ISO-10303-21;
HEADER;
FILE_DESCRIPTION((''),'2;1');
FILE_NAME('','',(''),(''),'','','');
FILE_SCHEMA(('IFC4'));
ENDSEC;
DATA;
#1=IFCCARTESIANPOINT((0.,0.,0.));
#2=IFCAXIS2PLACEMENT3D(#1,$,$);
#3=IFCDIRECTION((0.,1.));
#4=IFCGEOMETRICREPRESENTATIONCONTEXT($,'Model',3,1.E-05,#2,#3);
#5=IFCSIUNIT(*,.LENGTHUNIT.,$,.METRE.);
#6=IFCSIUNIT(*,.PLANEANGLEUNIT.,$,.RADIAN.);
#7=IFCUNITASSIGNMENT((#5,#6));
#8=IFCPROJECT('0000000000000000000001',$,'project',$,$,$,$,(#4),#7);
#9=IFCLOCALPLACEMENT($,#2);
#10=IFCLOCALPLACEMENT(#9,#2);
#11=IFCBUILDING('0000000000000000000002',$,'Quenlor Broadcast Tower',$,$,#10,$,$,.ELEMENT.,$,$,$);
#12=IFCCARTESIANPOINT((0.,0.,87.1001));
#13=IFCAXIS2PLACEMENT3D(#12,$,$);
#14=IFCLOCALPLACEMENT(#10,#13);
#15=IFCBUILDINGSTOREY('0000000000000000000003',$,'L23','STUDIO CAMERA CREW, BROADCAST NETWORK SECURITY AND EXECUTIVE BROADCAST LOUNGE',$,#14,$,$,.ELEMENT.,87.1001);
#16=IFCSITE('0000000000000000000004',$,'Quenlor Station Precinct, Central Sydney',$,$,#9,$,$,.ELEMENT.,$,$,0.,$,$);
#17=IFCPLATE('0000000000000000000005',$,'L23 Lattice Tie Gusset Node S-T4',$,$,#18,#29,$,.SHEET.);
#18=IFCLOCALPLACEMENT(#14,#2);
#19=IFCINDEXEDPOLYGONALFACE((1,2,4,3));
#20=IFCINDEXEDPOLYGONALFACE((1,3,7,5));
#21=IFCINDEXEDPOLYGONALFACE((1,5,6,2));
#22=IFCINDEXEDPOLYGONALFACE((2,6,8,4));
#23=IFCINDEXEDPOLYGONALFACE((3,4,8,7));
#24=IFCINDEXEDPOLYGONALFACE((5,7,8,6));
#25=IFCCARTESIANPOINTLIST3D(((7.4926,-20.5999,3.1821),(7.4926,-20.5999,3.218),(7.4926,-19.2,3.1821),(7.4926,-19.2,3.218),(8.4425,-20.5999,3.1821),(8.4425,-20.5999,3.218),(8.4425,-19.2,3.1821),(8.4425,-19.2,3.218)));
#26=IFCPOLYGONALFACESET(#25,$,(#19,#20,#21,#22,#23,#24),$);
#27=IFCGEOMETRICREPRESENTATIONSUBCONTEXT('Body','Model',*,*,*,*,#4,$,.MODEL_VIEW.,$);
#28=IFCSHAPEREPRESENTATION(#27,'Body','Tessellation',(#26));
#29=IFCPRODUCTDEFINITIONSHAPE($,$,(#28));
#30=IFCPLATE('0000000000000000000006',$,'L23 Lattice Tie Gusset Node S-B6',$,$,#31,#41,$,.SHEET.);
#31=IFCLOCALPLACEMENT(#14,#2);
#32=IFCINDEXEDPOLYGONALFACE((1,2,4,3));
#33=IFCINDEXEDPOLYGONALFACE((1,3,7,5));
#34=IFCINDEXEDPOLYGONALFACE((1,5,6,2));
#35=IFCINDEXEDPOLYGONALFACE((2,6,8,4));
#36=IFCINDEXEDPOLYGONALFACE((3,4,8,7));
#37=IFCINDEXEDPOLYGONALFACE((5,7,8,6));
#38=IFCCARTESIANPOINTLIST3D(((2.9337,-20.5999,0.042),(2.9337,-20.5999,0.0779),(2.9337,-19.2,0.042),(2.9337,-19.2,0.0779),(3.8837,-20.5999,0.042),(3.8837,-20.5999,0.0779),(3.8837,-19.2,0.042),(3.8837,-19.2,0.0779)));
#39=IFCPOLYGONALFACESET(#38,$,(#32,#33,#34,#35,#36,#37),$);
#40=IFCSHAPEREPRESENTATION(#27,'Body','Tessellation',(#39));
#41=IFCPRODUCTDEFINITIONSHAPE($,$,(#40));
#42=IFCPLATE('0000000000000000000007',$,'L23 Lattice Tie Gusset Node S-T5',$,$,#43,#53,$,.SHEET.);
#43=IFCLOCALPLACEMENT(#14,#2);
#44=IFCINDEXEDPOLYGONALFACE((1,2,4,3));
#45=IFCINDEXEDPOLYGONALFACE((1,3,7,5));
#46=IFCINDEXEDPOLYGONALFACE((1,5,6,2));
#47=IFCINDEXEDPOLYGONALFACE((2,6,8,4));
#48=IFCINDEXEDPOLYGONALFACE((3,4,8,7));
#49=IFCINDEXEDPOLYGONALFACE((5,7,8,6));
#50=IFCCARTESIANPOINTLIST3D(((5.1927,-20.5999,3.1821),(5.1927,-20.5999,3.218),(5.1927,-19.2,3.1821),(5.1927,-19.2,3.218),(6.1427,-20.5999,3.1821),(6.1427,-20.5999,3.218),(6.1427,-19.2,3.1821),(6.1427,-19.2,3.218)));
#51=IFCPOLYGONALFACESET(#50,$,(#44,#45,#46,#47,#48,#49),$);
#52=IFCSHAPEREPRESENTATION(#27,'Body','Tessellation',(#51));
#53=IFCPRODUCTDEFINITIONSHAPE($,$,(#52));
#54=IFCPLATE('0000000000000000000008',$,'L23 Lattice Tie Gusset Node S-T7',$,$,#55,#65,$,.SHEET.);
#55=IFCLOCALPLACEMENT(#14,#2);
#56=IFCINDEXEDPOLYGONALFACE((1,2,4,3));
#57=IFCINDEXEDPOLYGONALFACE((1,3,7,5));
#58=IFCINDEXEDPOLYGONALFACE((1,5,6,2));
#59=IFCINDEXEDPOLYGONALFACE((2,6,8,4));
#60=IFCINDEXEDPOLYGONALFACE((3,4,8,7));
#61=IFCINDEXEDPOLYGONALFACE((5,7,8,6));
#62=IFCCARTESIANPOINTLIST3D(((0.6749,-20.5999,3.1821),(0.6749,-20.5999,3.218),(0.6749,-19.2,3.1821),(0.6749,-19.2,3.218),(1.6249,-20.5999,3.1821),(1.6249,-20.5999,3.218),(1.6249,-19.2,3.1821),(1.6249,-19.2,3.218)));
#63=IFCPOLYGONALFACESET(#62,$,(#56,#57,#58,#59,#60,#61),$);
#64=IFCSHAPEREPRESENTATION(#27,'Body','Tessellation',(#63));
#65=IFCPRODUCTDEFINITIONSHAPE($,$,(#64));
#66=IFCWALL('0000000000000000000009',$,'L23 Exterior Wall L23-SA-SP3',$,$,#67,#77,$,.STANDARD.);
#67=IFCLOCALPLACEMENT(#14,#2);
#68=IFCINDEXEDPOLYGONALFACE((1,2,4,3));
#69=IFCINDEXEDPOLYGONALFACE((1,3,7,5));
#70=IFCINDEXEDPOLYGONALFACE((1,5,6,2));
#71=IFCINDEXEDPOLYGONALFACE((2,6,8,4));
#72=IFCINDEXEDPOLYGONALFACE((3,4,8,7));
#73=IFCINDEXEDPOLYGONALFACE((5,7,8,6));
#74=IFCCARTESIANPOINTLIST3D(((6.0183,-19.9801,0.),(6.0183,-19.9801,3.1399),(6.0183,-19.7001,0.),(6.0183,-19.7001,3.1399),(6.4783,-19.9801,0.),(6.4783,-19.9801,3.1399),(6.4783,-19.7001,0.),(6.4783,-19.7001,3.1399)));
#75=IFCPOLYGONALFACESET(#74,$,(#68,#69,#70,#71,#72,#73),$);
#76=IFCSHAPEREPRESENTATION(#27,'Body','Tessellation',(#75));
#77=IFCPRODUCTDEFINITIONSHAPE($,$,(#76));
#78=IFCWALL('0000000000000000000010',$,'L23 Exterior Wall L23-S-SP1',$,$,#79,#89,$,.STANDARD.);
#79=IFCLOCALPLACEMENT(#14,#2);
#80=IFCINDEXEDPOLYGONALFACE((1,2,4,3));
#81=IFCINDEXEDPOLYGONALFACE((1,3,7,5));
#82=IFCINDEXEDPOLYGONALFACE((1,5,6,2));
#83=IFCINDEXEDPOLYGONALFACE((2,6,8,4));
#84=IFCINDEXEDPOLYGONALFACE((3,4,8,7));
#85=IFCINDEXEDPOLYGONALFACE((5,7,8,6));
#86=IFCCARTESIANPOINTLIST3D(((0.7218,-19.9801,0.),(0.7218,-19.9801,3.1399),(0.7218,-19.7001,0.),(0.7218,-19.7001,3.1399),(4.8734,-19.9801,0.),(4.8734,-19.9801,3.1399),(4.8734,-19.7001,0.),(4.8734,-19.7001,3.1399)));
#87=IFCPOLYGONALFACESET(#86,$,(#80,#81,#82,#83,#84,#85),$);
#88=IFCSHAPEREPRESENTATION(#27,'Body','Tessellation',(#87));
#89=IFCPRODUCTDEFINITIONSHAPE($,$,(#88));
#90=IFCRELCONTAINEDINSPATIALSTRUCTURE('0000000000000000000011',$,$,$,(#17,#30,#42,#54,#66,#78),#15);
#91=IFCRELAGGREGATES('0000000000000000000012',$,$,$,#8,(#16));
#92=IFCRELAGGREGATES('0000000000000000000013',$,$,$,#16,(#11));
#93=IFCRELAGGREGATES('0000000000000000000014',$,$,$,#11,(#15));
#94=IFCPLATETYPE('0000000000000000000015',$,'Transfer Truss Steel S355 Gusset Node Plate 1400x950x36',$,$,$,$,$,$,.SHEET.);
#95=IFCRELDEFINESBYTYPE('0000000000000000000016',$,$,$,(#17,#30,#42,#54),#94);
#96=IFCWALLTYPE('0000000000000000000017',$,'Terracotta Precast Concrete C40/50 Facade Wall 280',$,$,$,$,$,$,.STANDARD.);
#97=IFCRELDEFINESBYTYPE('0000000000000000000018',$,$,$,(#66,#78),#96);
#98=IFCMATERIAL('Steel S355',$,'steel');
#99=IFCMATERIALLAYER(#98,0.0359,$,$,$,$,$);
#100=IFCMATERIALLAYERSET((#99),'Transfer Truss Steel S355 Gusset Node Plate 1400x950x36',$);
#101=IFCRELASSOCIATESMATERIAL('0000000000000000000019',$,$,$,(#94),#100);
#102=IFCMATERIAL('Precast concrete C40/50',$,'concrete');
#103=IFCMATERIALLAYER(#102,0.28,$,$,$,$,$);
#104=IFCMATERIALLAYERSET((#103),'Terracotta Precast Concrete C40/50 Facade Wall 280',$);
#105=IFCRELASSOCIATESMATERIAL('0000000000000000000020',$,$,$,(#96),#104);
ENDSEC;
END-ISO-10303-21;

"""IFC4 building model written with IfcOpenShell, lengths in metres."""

from ifc_helpers import new_model, si_unit, direction, frame, frame_2d, origin, origin_2d, place, context, subcontext, project, spatial, rectangle, extrude, material, layer, layer_set, type_object, element, save


model = new_model("IFC4")

# Units and contexts
model_context = context("Model", 3, precision=1e-05, world=origin(), true_north=direction((0.0, 1.0)))
body_context = subcontext(model_context, "Body", "Model", "MODEL_VIEW")
ifc_project = project(units=[si_unit("LENGTHUNIT", "METRE"), si_unit("PLANEANGLEUNIT", "RADIAN")], contexts=[model_context])

# Site, building, storey
site_placement = place(None, origin())
site = spatial("IfcSite", under=ifc_project, at=site_placement, Name="Quenlor Station Precinct, Central Sydney", CompositionType="ELEMENT", RefElevation=0.0)
building_placement = place(site_placement, origin())
building = spatial("IfcBuilding", under=site, at=building_placement, Name="Quenlor Broadcast Tower", CompositionType="ELEMENT")
storey_placement = place(building_placement, frame((0.0, 0.0, 87.1001)))
storey = spatial("IfcBuildingStorey", under=building, at=storey_placement, Name="L23", Description="STUDIO CAMERA CREW, BROADCAST NETWORK SECURITY AND EXECUTIVE BROADCAST LOUNGE", CompositionType="ELEMENT", Elevation=87.1001)

# Plates
ifc_material_1 = material(Name="Steel S355", Category="steel")
ifc_layer_1 = layer(ifc_material_1, 0.0359)
ifc_layer_set_1 = layer_set([ifc_layer_1], Name="Transfer Truss Steel S355 Gusset Node Plate 1400x950x36")
plate_type_1 = type_object("IfcPlateType", Name="Transfer Truss Steel S355 Gusset Node Plate 1400x950x36", PredefinedType="SHEET", material=ifc_layer_set_1)
for number, where, z_axis, x_axis, name in (
    (1, (7.9675, -19.8999, 3.1821), (0.0, 0.0, 1.0), (0.0, -1.0, 0.0), "L23 Lattice Tie Gusset Node S-T4"),
    (2, (3.4087, -19.8999, 0.042), (0.0, 0.0, 1.0), (0.0, -1.0, 0.0), "L23 Lattice Tie Gusset Node S-B6"),
    (3, (5.6677, -19.8999, 3.1821), (0.0, 0.0, 1.0), (0.0, -1.0, 0.0), "L23 Lattice Tie Gusset Node S-T5"),
    (4, (1.1499, -19.8999, 3.1821), (0.0, 0.0, 1.0), (0.0, -1.0, 0.0), "L23 Lattice Tie Gusset Node S-T7"),
):
    element("IfcPlate", number, at=place(storey_placement, frame(where, z_axis=z_axis, x_axis=x_axis)), inside=storey, type_object=plate_type_1, Name=name, PredefinedType="SHEET", context=body_context, shape_type="SweptSolid", body=[
        extrude(rectangle(XDim=1.3999, YDim=0.95, at=origin_2d()), origin(), (0.0, 0.0, 1.0), 0.0359),
    ])

# Walls
ifc_material_2 = material(Name="Precast concrete C40/50", Category="concrete")
ifc_layer_2 = layer(ifc_material_2, 0.28)
ifc_layer_set_2 = layer_set([ifc_layer_2], Name="Terracotta Precast Concrete C40/50 Facade Wall 280")
wall_type = type_object("IfcWallType", Name="Terracotta Precast Concrete C40/50 Facade Wall 280", PredefinedType="STANDARD", material=ifc_layer_set_2)
wall_1_placement = place(storey_placement, frame((6.4783, -19.8401, 0.0), z_axis=(0.0, 0.0, 1.0), x_axis=(-1.0, 0.0, 0.0)))
element("IfcWall", 5, at=wall_1_placement, inside=storey, type_object=wall_type, Name="L23 Exterior Wall L23-SA-SP3", PredefinedType="STANDARD", context=body_context, shape_type="SweptSolid", body=[
    extrude(rectangle(XDim=0.46, YDim=0.28, at=frame_2d((0.23, 0.0))), origin(), (0.0, 0.0, 1.0), 3.1399),
])
wall_2_placement = place(storey_placement, frame((4.8733, -19.8401, 0.0), z_axis=(0.0, 0.0, 1.0), x_axis=(-1.0, 0.0, 0.0)))
element("IfcWall", 6, at=wall_2_placement, inside=storey, type_object=wall_type, Name="L23 Exterior Wall L23-S-SP1", PredefinedType="STANDARD", context=body_context, shape_type="SweptSolid", body=[
    extrude(rectangle(XDim=4.1516, YDim=0.28, at=frame_2d((2.0757, 0.0))), origin(), (0.0, 0.0, 1.0), 3.1399),
])

save(model, "model.ifc")
